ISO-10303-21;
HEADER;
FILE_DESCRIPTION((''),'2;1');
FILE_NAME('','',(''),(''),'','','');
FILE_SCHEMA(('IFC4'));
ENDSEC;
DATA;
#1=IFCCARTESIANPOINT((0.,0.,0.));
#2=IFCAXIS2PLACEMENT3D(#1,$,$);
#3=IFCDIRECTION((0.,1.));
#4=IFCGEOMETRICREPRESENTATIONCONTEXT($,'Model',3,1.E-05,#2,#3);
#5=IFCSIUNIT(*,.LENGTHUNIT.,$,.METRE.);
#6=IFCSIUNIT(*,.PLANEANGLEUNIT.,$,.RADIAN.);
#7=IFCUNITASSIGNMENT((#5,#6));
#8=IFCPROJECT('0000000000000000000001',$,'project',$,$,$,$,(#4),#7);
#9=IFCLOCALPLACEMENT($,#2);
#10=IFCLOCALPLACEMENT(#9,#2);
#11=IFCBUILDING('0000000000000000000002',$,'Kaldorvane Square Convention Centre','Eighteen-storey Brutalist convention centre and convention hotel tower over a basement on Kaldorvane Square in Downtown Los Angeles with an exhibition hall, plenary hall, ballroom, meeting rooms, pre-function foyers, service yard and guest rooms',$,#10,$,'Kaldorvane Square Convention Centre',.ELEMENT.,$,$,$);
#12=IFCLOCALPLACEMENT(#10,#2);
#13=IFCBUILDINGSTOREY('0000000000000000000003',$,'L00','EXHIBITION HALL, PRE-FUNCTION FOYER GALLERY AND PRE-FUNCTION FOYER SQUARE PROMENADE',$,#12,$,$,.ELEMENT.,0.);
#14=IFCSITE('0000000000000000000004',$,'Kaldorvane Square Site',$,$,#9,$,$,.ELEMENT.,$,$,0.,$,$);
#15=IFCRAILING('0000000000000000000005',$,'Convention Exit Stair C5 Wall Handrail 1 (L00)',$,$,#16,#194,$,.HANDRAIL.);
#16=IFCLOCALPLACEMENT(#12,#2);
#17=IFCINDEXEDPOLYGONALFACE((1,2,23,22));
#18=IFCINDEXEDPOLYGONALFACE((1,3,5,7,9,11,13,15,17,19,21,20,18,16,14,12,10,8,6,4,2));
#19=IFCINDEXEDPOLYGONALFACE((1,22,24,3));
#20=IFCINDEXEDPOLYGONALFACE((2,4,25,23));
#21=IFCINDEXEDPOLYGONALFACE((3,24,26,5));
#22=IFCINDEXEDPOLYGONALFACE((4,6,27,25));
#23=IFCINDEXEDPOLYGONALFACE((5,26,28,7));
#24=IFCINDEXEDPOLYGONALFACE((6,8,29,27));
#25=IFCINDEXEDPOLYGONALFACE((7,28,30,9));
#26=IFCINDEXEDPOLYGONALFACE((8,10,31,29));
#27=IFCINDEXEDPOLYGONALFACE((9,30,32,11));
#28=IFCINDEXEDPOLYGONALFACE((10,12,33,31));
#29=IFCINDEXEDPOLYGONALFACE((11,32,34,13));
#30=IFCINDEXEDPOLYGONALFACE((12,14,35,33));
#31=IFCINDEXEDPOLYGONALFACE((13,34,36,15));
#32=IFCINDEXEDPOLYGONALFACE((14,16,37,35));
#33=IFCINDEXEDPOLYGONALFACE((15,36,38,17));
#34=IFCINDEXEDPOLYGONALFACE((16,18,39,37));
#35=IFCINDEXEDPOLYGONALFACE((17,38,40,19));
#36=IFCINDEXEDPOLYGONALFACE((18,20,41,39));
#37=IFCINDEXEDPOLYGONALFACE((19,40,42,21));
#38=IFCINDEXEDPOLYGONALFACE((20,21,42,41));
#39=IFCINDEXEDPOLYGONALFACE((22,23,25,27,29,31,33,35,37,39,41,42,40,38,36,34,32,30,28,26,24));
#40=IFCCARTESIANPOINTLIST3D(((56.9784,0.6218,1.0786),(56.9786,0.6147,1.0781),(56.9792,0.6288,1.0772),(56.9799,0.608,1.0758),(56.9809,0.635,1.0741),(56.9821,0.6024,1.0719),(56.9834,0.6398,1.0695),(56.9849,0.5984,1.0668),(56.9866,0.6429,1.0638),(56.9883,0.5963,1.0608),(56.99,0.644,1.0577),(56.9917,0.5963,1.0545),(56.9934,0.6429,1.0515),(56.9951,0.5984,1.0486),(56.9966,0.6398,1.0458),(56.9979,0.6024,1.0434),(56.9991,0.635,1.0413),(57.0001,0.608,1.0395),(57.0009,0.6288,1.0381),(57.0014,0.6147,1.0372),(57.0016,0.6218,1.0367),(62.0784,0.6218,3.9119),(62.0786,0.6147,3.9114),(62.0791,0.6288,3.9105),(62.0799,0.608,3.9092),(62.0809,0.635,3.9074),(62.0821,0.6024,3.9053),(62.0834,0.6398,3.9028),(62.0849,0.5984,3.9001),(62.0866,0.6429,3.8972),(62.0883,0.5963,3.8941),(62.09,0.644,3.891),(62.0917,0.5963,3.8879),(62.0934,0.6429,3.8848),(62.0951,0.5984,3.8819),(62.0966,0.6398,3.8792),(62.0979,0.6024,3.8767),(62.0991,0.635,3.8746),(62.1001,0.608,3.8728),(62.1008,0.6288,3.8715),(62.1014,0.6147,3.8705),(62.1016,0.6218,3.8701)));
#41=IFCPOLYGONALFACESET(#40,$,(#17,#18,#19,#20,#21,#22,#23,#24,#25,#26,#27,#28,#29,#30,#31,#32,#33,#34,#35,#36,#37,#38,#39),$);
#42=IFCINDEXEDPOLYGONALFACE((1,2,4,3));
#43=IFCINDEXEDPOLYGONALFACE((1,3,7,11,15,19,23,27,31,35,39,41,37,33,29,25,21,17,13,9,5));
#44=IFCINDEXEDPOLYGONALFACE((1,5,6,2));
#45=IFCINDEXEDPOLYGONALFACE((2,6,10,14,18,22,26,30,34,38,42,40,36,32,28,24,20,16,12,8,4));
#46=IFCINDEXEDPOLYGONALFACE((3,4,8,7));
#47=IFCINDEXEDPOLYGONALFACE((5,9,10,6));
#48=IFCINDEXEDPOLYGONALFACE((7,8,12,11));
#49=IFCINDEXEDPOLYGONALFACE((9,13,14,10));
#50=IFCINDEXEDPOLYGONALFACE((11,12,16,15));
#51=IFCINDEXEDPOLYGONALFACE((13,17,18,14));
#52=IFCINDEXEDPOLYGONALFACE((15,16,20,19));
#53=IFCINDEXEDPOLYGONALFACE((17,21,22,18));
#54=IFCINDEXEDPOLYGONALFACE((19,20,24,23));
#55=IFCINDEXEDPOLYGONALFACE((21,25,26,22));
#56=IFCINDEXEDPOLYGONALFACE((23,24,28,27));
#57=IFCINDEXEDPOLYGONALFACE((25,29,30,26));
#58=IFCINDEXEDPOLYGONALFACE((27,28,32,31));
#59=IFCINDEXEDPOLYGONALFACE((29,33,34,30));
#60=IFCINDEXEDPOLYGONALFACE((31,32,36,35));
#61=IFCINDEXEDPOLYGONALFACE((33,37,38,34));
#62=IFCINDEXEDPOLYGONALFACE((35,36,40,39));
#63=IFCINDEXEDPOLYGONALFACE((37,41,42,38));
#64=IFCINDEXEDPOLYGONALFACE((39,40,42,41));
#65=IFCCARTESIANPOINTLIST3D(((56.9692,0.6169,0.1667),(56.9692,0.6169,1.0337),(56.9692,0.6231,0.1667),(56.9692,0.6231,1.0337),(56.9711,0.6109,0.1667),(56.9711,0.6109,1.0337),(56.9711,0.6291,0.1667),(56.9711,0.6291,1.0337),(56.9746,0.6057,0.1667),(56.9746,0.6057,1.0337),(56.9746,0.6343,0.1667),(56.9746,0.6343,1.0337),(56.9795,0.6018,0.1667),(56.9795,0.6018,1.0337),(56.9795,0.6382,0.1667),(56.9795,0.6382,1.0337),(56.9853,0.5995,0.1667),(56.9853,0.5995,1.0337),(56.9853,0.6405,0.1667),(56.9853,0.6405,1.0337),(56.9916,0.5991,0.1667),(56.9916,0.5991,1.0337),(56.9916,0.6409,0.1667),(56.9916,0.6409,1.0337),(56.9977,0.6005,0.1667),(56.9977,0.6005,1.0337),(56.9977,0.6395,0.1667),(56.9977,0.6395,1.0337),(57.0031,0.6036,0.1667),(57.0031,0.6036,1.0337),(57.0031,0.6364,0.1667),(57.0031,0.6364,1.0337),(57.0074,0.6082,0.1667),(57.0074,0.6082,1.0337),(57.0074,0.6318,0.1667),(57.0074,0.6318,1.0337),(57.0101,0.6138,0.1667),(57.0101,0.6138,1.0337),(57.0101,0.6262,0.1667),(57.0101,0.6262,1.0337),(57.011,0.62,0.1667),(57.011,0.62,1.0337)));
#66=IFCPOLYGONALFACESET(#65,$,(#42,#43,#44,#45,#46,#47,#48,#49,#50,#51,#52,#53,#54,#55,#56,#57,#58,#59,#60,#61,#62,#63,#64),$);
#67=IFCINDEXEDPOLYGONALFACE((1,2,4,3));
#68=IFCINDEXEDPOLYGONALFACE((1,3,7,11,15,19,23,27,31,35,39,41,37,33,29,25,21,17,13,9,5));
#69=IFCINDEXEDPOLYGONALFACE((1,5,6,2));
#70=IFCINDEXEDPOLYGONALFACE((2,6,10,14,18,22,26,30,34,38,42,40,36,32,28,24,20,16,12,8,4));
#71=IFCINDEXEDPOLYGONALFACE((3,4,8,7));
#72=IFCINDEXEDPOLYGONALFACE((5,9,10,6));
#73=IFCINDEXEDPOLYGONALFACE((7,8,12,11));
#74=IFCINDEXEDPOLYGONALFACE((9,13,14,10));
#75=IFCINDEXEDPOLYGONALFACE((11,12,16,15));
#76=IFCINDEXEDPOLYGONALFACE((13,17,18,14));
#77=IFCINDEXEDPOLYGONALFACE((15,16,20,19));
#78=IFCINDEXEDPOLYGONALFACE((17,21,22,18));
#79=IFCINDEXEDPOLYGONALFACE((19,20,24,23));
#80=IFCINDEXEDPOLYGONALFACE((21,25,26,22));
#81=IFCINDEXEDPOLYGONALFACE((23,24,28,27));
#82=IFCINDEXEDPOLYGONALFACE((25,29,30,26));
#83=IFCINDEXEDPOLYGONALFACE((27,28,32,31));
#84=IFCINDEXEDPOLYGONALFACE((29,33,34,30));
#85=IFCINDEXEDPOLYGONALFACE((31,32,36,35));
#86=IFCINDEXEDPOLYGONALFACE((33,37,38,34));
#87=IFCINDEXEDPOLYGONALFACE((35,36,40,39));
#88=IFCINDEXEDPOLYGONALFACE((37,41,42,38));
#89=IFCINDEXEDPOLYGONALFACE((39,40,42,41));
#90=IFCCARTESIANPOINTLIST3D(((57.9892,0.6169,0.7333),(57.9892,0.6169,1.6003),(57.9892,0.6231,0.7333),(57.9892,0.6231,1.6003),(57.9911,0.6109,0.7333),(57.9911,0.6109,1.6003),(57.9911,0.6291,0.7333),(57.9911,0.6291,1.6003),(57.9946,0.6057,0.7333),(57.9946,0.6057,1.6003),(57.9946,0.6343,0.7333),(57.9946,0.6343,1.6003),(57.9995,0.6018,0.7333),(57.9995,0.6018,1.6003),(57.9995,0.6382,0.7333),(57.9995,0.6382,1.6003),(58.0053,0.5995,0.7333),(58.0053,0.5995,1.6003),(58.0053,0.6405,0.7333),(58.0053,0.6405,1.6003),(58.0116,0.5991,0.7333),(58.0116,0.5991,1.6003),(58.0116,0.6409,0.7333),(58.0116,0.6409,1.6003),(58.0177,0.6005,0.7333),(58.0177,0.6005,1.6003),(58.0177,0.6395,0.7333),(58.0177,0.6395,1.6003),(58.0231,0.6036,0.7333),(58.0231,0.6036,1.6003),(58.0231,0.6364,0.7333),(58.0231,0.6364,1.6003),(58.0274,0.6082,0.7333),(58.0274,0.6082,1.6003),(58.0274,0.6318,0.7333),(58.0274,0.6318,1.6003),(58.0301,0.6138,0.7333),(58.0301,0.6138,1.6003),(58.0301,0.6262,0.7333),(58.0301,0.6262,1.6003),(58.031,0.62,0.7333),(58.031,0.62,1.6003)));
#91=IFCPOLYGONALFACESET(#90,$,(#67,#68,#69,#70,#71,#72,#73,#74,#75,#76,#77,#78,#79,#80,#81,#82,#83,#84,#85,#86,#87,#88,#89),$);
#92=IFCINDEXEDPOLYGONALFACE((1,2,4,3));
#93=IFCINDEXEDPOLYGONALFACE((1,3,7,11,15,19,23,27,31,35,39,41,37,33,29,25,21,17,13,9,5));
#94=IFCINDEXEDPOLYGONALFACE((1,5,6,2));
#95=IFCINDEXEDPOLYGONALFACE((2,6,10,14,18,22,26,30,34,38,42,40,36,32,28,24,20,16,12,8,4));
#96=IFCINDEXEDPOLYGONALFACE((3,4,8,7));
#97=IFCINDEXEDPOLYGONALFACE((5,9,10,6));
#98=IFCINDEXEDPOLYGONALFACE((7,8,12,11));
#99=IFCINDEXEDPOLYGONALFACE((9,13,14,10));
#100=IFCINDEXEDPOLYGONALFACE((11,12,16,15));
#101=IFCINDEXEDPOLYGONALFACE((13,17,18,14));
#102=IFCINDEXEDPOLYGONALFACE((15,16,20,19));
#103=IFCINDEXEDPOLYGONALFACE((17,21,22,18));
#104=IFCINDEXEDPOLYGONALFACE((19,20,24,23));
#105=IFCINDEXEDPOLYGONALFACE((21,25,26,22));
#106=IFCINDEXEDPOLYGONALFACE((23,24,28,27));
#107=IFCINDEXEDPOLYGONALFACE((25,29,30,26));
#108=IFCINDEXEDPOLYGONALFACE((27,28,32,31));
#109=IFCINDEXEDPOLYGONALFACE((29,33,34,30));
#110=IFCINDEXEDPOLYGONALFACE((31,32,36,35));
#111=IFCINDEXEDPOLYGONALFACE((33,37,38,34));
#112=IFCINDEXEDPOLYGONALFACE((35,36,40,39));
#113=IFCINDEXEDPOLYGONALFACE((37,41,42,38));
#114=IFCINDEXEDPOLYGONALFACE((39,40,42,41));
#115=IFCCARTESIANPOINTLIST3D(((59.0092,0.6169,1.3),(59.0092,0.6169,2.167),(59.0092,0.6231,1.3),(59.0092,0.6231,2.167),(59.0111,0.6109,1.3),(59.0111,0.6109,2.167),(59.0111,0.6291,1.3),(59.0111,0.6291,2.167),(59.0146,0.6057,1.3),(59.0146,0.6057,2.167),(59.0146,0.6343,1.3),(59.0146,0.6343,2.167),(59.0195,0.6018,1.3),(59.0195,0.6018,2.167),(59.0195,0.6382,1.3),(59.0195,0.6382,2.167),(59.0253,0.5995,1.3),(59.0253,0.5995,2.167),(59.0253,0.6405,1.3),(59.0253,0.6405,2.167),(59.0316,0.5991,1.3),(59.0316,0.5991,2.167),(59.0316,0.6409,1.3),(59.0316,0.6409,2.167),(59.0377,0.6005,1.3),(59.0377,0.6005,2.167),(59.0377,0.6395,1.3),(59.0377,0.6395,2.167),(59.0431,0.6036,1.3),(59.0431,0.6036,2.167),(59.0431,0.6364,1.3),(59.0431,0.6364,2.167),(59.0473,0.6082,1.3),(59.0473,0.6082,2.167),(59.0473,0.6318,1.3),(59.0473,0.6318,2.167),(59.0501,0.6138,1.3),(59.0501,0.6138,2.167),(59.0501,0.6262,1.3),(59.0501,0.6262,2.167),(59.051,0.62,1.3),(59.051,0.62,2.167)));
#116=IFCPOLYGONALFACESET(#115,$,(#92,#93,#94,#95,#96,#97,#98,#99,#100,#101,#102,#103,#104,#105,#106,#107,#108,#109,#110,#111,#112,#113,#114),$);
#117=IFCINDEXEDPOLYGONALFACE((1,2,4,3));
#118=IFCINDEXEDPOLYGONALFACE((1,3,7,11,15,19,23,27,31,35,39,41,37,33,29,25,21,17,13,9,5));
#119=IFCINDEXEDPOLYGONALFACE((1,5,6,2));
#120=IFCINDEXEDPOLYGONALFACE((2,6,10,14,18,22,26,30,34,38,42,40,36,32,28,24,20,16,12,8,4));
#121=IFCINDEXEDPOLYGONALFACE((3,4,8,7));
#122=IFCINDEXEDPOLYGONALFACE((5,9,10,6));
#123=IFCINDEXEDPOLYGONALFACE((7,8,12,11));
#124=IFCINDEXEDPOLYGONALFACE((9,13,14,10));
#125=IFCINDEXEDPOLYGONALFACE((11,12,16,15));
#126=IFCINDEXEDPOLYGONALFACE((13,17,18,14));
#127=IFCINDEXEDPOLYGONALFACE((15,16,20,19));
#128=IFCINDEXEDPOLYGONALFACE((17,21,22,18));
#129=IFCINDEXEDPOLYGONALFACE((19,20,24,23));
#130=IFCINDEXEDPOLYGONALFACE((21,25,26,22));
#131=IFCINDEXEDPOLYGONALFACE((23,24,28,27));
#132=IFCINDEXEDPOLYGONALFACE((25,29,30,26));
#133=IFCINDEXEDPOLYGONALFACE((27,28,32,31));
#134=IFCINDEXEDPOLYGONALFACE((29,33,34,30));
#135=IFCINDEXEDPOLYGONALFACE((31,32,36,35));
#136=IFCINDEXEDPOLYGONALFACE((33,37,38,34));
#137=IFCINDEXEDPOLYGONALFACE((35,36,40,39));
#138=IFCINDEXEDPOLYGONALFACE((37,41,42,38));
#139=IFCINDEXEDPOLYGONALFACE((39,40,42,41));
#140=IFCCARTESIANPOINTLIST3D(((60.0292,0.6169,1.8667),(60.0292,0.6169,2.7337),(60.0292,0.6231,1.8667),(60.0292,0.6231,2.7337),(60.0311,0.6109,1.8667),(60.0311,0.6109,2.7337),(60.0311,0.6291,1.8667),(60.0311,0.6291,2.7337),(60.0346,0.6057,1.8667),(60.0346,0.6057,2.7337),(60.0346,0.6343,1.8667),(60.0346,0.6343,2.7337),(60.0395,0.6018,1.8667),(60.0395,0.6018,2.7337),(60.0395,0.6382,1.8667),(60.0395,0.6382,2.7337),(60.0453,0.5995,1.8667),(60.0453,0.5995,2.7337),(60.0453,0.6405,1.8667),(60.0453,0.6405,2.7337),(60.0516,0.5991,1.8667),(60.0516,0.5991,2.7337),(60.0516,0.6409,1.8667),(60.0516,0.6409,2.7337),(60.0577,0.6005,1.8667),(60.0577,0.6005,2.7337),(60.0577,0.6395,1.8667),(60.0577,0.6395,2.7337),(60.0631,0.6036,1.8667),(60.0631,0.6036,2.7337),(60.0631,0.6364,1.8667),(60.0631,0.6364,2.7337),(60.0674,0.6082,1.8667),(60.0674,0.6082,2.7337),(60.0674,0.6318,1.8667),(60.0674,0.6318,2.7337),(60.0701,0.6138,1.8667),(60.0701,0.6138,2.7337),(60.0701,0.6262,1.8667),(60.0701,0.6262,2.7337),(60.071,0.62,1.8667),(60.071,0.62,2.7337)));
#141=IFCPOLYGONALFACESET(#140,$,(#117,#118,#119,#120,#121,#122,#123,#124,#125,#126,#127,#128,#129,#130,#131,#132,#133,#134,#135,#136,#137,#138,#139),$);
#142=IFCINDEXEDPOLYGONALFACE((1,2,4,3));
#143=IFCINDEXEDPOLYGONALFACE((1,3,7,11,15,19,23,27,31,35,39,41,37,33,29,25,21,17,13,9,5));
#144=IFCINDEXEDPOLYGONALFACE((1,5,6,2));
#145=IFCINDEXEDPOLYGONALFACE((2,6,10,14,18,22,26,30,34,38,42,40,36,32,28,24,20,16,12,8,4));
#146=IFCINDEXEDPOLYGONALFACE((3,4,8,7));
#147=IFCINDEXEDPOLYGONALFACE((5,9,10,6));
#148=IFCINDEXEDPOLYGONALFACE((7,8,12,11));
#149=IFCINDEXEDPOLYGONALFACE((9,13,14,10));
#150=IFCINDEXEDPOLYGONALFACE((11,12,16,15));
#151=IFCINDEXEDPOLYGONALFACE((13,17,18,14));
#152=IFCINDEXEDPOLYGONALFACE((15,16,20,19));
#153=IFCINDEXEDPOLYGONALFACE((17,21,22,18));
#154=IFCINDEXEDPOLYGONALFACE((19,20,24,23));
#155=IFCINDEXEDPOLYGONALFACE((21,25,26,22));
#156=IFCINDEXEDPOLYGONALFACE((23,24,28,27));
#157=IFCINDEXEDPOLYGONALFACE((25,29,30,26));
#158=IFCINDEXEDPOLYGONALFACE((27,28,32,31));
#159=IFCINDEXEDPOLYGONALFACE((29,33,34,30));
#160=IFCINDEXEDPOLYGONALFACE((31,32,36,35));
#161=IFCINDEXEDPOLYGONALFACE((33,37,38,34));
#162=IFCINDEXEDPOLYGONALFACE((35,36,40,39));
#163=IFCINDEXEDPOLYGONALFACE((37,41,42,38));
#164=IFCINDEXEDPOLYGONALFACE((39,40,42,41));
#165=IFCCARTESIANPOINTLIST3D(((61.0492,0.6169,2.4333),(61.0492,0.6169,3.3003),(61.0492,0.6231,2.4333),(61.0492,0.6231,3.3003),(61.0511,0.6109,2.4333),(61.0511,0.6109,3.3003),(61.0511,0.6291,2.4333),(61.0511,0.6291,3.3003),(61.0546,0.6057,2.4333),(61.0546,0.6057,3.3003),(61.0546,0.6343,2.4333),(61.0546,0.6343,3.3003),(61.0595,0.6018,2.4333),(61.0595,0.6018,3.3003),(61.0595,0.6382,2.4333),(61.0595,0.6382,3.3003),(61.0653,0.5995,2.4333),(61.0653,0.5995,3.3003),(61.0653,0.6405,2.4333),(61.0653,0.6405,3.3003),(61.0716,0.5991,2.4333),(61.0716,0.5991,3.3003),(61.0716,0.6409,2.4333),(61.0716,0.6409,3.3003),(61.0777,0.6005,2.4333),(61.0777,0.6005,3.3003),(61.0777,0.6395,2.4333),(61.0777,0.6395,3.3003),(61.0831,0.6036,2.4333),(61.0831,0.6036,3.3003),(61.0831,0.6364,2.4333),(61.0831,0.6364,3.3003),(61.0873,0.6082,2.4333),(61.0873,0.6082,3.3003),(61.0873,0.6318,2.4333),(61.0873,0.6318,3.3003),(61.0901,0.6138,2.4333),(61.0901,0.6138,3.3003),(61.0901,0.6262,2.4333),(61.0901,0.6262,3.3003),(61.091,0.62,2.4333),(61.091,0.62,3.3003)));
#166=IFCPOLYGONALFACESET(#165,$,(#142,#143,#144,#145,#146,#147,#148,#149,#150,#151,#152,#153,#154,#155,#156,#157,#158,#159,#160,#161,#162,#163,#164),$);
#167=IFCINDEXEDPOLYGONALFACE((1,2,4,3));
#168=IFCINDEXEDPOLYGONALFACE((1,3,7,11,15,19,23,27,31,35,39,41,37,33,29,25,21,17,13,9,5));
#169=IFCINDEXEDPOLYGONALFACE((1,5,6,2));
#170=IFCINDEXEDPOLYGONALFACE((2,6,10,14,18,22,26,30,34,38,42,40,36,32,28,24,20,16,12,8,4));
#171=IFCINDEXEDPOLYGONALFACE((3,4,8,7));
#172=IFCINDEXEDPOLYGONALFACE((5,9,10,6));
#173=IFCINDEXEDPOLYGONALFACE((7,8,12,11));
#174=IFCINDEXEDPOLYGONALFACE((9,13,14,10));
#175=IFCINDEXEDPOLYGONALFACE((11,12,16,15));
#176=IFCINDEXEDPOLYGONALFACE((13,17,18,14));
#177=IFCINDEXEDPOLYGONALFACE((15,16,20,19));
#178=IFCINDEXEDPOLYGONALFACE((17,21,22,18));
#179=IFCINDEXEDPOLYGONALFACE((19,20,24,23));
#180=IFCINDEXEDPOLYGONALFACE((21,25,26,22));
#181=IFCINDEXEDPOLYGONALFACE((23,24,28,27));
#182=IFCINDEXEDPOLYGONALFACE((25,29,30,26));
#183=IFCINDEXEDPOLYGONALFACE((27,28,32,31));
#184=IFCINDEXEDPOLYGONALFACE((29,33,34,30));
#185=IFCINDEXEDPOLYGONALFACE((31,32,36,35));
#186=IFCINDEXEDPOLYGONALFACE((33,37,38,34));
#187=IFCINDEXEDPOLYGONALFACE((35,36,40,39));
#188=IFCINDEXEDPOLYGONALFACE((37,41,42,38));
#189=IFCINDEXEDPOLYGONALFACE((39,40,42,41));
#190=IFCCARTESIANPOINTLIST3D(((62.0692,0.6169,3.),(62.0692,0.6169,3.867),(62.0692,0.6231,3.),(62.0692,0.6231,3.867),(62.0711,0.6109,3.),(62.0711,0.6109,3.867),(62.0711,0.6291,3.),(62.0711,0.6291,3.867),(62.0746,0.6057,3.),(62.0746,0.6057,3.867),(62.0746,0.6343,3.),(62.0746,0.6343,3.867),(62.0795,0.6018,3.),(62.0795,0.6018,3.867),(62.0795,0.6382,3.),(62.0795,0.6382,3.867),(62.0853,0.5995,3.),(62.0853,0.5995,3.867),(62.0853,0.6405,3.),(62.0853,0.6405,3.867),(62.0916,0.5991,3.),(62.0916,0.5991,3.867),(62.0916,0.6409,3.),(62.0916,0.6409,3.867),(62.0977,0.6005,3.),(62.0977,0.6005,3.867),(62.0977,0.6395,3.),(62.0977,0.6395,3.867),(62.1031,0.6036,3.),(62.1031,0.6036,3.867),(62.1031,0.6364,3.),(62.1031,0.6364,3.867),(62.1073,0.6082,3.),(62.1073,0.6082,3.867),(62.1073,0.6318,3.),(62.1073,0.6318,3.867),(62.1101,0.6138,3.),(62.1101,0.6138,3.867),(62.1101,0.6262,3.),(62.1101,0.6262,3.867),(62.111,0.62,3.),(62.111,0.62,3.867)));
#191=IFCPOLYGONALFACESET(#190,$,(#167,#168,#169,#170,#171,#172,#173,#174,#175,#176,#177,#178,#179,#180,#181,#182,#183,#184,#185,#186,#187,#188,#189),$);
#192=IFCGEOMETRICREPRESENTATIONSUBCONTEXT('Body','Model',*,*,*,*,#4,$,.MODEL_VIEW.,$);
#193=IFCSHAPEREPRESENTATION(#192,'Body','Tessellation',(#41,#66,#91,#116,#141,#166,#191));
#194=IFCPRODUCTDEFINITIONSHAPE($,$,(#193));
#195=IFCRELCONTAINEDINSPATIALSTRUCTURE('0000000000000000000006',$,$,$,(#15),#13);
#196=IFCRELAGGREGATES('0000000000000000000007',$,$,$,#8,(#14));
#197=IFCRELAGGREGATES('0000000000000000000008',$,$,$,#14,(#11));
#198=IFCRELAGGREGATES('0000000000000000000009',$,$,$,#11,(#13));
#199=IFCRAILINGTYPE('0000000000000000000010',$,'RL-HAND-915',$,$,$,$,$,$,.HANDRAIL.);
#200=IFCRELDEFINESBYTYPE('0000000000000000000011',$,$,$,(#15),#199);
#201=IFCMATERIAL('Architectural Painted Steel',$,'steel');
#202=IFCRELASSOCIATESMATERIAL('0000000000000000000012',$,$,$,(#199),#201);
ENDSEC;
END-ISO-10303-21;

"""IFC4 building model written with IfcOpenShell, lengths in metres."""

from ifc_helpers import new_model, si_unit, direction, frame, origin, origin_2d, place, context, subcontext, project, spatial, circle, extrude, material, type_object, element, save


model = new_model("IFC4")

# Units and contexts
model_context = context("Model", 3, precision=1e-05, world=origin(), true_north=direction((0.0, 1.0)))
body_context = subcontext(model_context, "Body", "Model", "MODEL_VIEW")
ifc_project = project(units=[si_unit("LENGTHUNIT", "METRE"), si_unit("PLANEANGLEUNIT", "RADIAN")], contexts=[model_context])

# Site, building, storey
site_placement = place(None, origin())
site = spatial("IfcSite", under=ifc_project, at=site_placement, Name="Kaldorvane Square Site", CompositionType="ELEMENT", RefElevation=0.0)
building_placement = place(site_placement, origin())
building = spatial("IfcBuilding", under=site, at=building_placement, Name="Kaldorvane Square Convention Centre", Description="Eighteen-storey Brutalist convention centre and convention hotel tower over a basement on Kaldorvane Square in Downtown Los Angeles with an exhibition hall, plenary hall, ballroom, meeting rooms, pre-function foyers, service yard and guest rooms", LongName="Kaldorvane Square Convention Centre", CompositionType="ELEMENT")
storey_placement = place(building_placement, origin())
storey = spatial("IfcBuildingStorey", under=building, at=storey_placement, Name="L00", Description="EXHIBITION HALL, PRE-FUNCTION FOYER GALLERY AND PRE-FUNCTION FOYER SQUARE PROMENADE", CompositionType="ELEMENT", Elevation=0.0)

# Railing
ifc_material_1 = material(Name="Architectural Painted Steel", Category="steel")
railing_type_1 = type_object("IfcRailingType", Name="RL-HAND-915", PredefinedType="HANDRAIL", material=ifc_material_1)
for number, where, name in (
    (1, (56.99, 0.62, 0.1667), "Convention Exit Stair C5 Wall Handrail 1 (L00)"),
):
    element("IfcRailing", number, at=place(storey_placement, frame(where)), inside=storey, type_object=railing_type_1, Name=name, PredefinedType="HANDRAIL", context=body_context, shape_type="SweptSolid", body=[
        extrude(circle(Radius=0.024, at=origin_2d()), frame((0.0, 0.0, 0.891), z_axis=(0.874157, 0.0, 0.485643), x_axis=(0.0, 1.0, 0.0)), (0.0, 0.0, 1.0), 5.8342),
        extrude(circle(Radius=0.021, at=origin_2d()), origin(), (0.0, 0.0, 1.0), 0.867),
        extrude(circle(Radius=0.021, at=origin_2d()), frame((1.02, 0.0, 0.5667)), (0.0, 0.0, 1.0), 0.867),
        extrude(circle(Radius=0.021, at=origin_2d()), frame((2.04, 0.0, 1.1333)), (0.0, 0.0, 1.0), 0.867),
        extrude(circle(Radius=0.021, at=origin_2d()), frame((3.06, 0.0, 1.7)), (0.0, 0.0, 1.0), 0.867),
        extrude(circle(Radius=0.021, at=origin_2d()), frame((4.08, 0.0, 2.2667)), (0.0, 0.0, 1.0), 0.867),
        extrude(circle(Radius=0.021, at=origin_2d()), frame((5.1, 0.0, 2.8333)), (0.0, 0.0, 1.0), 0.867),
    ])

save(model, "model.ifc")
